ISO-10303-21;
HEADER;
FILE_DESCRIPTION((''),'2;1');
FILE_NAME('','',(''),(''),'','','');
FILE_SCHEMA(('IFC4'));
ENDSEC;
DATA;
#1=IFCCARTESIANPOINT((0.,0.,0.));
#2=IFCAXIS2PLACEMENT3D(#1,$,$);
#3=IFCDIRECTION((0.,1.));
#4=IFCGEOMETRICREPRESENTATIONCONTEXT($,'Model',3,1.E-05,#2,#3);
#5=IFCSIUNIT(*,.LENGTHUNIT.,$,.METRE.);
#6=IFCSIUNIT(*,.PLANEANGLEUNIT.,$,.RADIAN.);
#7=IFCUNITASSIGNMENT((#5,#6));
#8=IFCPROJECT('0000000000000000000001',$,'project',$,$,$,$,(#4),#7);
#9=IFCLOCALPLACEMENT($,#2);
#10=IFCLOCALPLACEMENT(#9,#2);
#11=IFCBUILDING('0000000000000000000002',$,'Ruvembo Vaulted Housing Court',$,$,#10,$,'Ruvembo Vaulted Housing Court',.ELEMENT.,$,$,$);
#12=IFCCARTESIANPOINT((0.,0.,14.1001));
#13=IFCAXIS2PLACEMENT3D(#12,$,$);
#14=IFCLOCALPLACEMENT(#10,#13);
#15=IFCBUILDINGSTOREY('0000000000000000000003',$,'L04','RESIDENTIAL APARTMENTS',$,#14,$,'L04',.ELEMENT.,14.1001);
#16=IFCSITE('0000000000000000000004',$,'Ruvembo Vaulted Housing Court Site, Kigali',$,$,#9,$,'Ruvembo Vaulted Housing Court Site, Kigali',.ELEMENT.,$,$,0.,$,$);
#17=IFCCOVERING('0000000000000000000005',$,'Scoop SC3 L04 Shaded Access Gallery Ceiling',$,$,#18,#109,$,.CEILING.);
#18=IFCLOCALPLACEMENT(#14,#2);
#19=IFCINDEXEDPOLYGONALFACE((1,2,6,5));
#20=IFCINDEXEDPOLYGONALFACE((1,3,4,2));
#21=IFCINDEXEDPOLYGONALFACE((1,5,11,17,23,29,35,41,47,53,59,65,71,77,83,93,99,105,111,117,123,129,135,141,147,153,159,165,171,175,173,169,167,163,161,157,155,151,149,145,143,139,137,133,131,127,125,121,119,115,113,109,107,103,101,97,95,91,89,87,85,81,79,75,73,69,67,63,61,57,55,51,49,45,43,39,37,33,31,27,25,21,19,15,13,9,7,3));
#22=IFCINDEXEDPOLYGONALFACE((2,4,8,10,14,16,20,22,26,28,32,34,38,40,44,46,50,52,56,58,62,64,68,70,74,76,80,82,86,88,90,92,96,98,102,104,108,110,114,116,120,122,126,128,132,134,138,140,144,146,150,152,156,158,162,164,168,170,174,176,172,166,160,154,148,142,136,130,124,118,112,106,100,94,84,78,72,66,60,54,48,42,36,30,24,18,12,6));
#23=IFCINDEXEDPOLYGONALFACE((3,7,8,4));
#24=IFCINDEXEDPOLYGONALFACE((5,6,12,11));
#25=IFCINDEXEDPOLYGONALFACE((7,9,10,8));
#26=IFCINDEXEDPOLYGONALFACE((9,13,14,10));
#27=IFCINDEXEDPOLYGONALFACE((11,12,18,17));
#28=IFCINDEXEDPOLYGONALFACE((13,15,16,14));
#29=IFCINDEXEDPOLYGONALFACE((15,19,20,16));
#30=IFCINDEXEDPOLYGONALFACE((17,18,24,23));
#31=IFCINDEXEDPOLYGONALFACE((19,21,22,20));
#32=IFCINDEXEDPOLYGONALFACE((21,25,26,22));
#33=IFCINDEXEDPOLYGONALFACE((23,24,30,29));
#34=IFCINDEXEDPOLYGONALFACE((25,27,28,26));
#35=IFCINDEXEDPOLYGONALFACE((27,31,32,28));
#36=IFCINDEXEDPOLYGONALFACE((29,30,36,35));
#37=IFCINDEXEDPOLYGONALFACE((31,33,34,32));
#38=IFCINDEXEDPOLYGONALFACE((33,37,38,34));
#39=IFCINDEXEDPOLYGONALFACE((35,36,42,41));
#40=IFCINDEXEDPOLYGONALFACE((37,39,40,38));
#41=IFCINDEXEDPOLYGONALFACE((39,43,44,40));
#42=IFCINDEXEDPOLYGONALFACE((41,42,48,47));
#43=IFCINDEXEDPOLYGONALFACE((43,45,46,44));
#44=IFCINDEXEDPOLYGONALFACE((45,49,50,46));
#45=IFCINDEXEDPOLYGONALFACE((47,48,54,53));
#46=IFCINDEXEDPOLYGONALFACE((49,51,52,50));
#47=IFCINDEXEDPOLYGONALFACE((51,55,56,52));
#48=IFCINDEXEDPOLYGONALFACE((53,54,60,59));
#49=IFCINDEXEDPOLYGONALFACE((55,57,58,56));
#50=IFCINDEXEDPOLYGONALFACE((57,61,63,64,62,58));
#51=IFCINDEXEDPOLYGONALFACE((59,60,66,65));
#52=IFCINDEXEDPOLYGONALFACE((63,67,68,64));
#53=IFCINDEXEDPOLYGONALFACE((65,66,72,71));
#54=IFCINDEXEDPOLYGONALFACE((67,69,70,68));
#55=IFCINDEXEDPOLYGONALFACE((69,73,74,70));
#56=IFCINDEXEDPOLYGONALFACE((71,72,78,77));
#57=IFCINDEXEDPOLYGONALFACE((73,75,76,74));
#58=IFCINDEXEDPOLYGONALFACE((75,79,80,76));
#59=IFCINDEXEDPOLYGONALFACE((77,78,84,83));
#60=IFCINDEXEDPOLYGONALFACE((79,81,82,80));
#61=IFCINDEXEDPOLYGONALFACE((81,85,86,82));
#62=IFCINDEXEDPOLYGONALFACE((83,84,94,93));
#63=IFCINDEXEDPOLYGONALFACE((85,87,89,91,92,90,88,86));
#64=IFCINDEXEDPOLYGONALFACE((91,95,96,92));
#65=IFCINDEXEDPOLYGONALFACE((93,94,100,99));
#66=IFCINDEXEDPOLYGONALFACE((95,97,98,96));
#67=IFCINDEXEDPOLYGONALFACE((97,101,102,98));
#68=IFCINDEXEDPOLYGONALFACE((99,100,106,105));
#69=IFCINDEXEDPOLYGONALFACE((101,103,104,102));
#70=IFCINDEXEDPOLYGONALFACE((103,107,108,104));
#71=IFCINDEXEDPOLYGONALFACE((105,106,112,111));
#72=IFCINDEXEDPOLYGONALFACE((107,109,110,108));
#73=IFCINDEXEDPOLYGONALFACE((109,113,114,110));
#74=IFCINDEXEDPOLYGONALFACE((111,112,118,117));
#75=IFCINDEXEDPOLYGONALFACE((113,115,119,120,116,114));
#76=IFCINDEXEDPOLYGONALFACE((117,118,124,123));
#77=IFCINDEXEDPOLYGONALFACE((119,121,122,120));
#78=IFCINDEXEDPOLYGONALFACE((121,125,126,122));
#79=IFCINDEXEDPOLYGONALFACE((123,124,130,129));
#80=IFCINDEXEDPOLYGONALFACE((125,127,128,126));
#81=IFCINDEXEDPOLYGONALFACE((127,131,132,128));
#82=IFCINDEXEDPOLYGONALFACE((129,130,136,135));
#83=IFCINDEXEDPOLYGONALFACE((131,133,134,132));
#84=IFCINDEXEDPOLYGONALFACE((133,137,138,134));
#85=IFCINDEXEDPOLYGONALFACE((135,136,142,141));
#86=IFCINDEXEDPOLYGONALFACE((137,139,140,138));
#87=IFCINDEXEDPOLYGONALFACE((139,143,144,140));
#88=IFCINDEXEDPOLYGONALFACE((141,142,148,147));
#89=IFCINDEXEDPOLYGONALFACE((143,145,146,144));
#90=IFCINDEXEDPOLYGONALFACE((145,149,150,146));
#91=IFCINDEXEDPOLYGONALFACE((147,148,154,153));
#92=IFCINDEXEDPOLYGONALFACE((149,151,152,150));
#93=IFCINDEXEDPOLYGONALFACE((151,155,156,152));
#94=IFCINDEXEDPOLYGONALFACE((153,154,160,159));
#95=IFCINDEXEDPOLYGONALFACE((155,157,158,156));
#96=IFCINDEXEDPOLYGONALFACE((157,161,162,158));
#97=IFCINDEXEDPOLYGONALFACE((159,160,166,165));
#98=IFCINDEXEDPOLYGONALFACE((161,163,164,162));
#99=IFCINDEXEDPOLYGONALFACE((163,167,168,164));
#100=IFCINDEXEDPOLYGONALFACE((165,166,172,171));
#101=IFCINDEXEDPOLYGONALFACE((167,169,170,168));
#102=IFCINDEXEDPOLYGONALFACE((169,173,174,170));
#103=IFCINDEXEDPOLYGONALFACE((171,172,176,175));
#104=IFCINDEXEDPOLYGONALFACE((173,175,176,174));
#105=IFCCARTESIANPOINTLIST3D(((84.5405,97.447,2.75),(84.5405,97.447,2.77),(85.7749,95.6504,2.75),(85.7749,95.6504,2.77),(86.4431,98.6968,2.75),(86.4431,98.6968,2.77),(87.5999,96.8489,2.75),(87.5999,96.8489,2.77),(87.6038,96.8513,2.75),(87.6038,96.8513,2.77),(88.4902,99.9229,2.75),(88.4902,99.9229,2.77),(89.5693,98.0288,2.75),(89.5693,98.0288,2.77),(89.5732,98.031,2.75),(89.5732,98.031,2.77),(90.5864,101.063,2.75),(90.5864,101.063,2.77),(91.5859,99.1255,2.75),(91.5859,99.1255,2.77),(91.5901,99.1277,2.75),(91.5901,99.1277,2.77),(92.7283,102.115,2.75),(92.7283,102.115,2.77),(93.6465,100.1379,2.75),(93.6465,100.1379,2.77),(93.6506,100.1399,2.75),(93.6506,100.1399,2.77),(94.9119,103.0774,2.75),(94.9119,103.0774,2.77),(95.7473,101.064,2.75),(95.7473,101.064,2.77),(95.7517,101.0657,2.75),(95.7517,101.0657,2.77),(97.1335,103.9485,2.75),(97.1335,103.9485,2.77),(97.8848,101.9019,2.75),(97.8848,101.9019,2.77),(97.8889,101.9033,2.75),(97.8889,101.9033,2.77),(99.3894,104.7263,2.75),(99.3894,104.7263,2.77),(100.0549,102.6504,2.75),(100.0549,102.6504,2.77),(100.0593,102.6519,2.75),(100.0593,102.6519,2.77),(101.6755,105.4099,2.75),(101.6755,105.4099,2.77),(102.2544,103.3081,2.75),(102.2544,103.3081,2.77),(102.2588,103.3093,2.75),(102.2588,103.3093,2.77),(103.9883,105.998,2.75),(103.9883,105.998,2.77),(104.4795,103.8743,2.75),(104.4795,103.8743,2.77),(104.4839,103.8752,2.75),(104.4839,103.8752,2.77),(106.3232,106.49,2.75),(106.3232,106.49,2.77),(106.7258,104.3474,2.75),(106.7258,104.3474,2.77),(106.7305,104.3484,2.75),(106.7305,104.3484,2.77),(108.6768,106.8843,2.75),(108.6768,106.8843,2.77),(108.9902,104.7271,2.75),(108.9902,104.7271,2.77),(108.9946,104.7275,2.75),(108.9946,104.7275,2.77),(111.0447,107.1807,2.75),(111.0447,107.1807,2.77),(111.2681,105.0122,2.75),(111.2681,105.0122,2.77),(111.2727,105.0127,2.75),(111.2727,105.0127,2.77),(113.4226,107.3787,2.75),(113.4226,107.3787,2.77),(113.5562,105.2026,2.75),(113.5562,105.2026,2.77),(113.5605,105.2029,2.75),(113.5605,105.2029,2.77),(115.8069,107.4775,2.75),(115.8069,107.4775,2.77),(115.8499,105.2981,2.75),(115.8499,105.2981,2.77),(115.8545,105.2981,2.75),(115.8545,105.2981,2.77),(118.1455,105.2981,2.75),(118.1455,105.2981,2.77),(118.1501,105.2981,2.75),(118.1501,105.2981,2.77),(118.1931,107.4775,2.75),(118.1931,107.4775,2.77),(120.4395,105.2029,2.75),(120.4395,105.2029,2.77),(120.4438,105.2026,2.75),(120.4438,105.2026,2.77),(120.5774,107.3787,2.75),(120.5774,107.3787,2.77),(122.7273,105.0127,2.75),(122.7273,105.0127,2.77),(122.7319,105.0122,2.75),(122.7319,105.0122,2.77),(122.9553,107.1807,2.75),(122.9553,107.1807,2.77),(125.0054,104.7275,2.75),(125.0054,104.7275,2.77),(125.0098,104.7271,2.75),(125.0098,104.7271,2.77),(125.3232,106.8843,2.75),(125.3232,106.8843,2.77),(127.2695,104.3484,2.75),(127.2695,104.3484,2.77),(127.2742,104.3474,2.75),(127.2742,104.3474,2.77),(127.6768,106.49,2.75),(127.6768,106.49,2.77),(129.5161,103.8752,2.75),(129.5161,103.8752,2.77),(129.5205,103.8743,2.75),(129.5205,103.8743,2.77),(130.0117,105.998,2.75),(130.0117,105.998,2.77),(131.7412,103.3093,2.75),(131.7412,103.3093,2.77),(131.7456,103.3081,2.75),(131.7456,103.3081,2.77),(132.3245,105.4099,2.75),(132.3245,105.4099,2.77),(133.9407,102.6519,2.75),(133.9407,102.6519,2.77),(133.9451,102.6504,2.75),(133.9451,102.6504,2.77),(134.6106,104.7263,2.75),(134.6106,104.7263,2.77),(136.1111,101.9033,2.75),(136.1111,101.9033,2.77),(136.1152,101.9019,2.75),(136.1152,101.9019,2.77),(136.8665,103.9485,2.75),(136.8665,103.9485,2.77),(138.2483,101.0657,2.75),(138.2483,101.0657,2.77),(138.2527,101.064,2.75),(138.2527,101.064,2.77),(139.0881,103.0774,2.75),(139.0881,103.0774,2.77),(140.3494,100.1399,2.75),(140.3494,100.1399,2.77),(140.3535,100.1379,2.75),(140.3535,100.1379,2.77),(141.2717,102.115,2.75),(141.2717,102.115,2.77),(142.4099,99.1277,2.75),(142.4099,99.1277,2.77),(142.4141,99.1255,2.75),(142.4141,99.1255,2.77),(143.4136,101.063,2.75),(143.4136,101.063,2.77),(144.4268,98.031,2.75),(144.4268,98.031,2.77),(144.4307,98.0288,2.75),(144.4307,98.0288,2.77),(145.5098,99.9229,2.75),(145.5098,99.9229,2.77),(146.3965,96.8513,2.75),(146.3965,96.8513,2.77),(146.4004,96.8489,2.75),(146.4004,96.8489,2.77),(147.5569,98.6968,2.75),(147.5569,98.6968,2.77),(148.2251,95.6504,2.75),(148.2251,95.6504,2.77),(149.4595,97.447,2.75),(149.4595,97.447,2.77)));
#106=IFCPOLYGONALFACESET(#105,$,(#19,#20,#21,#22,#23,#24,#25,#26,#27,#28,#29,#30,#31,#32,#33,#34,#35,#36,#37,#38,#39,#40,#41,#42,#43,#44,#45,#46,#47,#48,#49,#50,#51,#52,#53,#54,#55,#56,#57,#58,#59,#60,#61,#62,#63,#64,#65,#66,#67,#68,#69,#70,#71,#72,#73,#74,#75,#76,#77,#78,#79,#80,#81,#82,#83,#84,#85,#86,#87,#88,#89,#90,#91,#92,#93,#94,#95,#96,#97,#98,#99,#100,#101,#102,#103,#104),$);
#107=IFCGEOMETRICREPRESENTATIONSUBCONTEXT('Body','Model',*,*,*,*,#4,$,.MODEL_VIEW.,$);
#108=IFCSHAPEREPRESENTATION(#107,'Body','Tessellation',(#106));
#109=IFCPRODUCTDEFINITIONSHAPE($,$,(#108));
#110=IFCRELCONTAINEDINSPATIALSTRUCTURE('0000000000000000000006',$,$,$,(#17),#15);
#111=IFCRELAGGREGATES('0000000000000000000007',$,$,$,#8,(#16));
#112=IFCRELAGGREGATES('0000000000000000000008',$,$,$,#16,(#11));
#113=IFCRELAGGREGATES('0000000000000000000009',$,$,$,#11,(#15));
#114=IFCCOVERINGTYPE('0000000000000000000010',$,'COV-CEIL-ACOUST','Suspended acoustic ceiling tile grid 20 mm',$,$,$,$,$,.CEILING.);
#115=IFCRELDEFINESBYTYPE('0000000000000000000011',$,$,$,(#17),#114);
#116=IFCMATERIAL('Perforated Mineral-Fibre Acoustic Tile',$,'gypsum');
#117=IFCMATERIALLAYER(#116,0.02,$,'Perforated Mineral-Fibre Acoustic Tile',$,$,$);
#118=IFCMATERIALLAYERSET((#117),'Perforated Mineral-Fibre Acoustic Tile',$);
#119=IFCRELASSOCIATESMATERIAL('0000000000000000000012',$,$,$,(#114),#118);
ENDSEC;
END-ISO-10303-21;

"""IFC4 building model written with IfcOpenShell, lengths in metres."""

from ifc_helpers import new_model, si_unit, direction, frame, origin, place, context, subcontext, project, spatial, polyline, outline, extrude, material, layer, layer_set, type_object, element, save


model = new_model("IFC4")

# Units and contexts
model_context = context("Model", 3, precision=1e-05, world=origin(), true_north=direction((0.0, 1.0)))
body_context = subcontext(model_context, "Body", "Model", "MODEL_VIEW")
ifc_project = project(units=[si_unit("LENGTHUNIT", "METRE"), si_unit("PLANEANGLEUNIT", "RADIAN")], contexts=[model_context])

# Site, building, storey
site_placement = place(None, origin())
site = spatial("IfcSite", under=ifc_project, at=site_placement, Name="Ruvembo Vaulted Housing Court Site, Kigali", LongName="Ruvembo Vaulted Housing Court Site, Kigali", CompositionType="ELEMENT", RefElevation=0.0)
building_placement = place(site_placement, origin())
building = spatial("IfcBuilding", under=site, at=building_placement, Name="Ruvembo Vaulted Housing Court", LongName="Ruvembo Vaulted Housing Court", CompositionType="ELEMENT")
storey_placement = place(building_placement, frame((0.0, 0.0, 14.1001)))
storey = spatial("IfcBuildingStorey", under=building, at=storey_placement, Name="L04", Description="RESIDENTIAL APARTMENTS", LongName="L04", CompositionType="ELEMENT", Elevation=14.1001)

# Covering
ifc_material_1 = material(Name="Perforated Mineral-Fibre Acoustic Tile", Category="gypsum")
ifc_layer_1 = layer(ifc_material_1, 0.02, Name="Perforated Mineral-Fibre Acoustic Tile")
ifc_layer_set_1 = layer_set([ifc_layer_1], Name="Perforated Mineral-Fibre Acoustic Tile")
covering_type_1 = type_object("IfcCoveringType", Name="COV-CEIL-ACOUST", Description="Suspended acoustic ceiling tile grid 20 mm", PredefinedType="CEILING", material=ifc_layer_set_1)
covering_1_placement = place(storey_placement, frame((0.0, 0.0, 2.75)))
element("IfcCovering", 1, at=covering_1_placement, inside=storey, type_object=covering_type_1, Name="Scoop SC3 L04 Shaded Access Gallery Ceiling", PredefinedType="CEILING", context=body_context, shape_type="SweptSolid", body=[
    extrude(outline(polyline([(87.5999, 96.8489), (87.6038, 96.8513), (89.5693, 98.0288), (89.5732, 98.031), (91.5859, 99.1255), (91.5901, 99.1277), (93.6465, 100.1379), (93.6506, 100.1399), (95.7473, 101.064), (95.7517, 101.0657), (97.8848, 101.9019), (97.8889, 101.9033), (100.0549, 102.6504), (100.0593, 102.6519), (102.2544, 103.3081), (102.2588, 103.3093), (104.4795, 103.8743), (104.4839, 103.8752), (106.7258, 104.3474), (106.7305, 104.3484), (108.9902, 104.7271), (108.9946, 104.7275), (111.2681, 105.0122), (111.2727, 105.0127), (113.5562, 105.2026), (113.5605, 105.2029), (115.8499, 105.2981), (115.8545, 105.2981), (118.1455, 105.2981), (118.1501, 105.2981), (120.4395, 105.2029), (120.4438, 105.2026), (122.7273, 105.0127), (122.7319, 105.0122), (125.0054, 104.7275), (125.0098, 104.7271), (127.2695, 104.3484), (127.2742, 104.3474), (129.5161, 103.8752), (129.5205, 103.8743), (131.7412, 103.3093), (131.7456, 103.3081), (133.9407, 102.6519), (133.9451, 102.6504), (136.1111, 101.9033), (136.1152, 101.9019), (138.2483, 101.0657), (138.2527, 101.064), (140.3494, 100.1399), (140.3535, 100.1379), (142.4099, 99.1277), (142.4141, 99.1255), (144.4268, 98.031), (144.4307, 98.0288), (146.3965, 96.8513), (146.4004, 96.8489), (148.2251, 95.6504), (149.4595, 97.447), (147.5569, 98.6968), (145.5098, 99.9229), (143.4136, 101.063), (141.2717, 102.115), (139.0881, 103.0774), (136.8665, 103.9485), (134.6106, 104.7263), (132.3245, 105.4099), (130.0117, 105.998), (127.6768, 106.49), (125.3232, 106.8843), (122.9553, 107.1807), (120.5774, 107.3787), (118.1931, 107.4775), (115.8069, 107.4775), (113.4226, 107.3787), (111.0447, 107.1807), (108.6768, 106.8843), (106.3232, 106.49), (103.9883, 105.998), (101.6755, 105.4099), (99.3894, 104.7263), (97.1335, 103.9485), (94.9119, 103.0774), (92.7283, 102.115), (90.5864, 101.063), (88.4902, 99.9229), (86.4431, 98.6968), (84.5405, 97.447), (85.7749, 95.6504), (87.5999, 96.8489)])), origin(), (0.0, 0.0, 1.0), 0.02),
])

save(model, "model.ifc")
